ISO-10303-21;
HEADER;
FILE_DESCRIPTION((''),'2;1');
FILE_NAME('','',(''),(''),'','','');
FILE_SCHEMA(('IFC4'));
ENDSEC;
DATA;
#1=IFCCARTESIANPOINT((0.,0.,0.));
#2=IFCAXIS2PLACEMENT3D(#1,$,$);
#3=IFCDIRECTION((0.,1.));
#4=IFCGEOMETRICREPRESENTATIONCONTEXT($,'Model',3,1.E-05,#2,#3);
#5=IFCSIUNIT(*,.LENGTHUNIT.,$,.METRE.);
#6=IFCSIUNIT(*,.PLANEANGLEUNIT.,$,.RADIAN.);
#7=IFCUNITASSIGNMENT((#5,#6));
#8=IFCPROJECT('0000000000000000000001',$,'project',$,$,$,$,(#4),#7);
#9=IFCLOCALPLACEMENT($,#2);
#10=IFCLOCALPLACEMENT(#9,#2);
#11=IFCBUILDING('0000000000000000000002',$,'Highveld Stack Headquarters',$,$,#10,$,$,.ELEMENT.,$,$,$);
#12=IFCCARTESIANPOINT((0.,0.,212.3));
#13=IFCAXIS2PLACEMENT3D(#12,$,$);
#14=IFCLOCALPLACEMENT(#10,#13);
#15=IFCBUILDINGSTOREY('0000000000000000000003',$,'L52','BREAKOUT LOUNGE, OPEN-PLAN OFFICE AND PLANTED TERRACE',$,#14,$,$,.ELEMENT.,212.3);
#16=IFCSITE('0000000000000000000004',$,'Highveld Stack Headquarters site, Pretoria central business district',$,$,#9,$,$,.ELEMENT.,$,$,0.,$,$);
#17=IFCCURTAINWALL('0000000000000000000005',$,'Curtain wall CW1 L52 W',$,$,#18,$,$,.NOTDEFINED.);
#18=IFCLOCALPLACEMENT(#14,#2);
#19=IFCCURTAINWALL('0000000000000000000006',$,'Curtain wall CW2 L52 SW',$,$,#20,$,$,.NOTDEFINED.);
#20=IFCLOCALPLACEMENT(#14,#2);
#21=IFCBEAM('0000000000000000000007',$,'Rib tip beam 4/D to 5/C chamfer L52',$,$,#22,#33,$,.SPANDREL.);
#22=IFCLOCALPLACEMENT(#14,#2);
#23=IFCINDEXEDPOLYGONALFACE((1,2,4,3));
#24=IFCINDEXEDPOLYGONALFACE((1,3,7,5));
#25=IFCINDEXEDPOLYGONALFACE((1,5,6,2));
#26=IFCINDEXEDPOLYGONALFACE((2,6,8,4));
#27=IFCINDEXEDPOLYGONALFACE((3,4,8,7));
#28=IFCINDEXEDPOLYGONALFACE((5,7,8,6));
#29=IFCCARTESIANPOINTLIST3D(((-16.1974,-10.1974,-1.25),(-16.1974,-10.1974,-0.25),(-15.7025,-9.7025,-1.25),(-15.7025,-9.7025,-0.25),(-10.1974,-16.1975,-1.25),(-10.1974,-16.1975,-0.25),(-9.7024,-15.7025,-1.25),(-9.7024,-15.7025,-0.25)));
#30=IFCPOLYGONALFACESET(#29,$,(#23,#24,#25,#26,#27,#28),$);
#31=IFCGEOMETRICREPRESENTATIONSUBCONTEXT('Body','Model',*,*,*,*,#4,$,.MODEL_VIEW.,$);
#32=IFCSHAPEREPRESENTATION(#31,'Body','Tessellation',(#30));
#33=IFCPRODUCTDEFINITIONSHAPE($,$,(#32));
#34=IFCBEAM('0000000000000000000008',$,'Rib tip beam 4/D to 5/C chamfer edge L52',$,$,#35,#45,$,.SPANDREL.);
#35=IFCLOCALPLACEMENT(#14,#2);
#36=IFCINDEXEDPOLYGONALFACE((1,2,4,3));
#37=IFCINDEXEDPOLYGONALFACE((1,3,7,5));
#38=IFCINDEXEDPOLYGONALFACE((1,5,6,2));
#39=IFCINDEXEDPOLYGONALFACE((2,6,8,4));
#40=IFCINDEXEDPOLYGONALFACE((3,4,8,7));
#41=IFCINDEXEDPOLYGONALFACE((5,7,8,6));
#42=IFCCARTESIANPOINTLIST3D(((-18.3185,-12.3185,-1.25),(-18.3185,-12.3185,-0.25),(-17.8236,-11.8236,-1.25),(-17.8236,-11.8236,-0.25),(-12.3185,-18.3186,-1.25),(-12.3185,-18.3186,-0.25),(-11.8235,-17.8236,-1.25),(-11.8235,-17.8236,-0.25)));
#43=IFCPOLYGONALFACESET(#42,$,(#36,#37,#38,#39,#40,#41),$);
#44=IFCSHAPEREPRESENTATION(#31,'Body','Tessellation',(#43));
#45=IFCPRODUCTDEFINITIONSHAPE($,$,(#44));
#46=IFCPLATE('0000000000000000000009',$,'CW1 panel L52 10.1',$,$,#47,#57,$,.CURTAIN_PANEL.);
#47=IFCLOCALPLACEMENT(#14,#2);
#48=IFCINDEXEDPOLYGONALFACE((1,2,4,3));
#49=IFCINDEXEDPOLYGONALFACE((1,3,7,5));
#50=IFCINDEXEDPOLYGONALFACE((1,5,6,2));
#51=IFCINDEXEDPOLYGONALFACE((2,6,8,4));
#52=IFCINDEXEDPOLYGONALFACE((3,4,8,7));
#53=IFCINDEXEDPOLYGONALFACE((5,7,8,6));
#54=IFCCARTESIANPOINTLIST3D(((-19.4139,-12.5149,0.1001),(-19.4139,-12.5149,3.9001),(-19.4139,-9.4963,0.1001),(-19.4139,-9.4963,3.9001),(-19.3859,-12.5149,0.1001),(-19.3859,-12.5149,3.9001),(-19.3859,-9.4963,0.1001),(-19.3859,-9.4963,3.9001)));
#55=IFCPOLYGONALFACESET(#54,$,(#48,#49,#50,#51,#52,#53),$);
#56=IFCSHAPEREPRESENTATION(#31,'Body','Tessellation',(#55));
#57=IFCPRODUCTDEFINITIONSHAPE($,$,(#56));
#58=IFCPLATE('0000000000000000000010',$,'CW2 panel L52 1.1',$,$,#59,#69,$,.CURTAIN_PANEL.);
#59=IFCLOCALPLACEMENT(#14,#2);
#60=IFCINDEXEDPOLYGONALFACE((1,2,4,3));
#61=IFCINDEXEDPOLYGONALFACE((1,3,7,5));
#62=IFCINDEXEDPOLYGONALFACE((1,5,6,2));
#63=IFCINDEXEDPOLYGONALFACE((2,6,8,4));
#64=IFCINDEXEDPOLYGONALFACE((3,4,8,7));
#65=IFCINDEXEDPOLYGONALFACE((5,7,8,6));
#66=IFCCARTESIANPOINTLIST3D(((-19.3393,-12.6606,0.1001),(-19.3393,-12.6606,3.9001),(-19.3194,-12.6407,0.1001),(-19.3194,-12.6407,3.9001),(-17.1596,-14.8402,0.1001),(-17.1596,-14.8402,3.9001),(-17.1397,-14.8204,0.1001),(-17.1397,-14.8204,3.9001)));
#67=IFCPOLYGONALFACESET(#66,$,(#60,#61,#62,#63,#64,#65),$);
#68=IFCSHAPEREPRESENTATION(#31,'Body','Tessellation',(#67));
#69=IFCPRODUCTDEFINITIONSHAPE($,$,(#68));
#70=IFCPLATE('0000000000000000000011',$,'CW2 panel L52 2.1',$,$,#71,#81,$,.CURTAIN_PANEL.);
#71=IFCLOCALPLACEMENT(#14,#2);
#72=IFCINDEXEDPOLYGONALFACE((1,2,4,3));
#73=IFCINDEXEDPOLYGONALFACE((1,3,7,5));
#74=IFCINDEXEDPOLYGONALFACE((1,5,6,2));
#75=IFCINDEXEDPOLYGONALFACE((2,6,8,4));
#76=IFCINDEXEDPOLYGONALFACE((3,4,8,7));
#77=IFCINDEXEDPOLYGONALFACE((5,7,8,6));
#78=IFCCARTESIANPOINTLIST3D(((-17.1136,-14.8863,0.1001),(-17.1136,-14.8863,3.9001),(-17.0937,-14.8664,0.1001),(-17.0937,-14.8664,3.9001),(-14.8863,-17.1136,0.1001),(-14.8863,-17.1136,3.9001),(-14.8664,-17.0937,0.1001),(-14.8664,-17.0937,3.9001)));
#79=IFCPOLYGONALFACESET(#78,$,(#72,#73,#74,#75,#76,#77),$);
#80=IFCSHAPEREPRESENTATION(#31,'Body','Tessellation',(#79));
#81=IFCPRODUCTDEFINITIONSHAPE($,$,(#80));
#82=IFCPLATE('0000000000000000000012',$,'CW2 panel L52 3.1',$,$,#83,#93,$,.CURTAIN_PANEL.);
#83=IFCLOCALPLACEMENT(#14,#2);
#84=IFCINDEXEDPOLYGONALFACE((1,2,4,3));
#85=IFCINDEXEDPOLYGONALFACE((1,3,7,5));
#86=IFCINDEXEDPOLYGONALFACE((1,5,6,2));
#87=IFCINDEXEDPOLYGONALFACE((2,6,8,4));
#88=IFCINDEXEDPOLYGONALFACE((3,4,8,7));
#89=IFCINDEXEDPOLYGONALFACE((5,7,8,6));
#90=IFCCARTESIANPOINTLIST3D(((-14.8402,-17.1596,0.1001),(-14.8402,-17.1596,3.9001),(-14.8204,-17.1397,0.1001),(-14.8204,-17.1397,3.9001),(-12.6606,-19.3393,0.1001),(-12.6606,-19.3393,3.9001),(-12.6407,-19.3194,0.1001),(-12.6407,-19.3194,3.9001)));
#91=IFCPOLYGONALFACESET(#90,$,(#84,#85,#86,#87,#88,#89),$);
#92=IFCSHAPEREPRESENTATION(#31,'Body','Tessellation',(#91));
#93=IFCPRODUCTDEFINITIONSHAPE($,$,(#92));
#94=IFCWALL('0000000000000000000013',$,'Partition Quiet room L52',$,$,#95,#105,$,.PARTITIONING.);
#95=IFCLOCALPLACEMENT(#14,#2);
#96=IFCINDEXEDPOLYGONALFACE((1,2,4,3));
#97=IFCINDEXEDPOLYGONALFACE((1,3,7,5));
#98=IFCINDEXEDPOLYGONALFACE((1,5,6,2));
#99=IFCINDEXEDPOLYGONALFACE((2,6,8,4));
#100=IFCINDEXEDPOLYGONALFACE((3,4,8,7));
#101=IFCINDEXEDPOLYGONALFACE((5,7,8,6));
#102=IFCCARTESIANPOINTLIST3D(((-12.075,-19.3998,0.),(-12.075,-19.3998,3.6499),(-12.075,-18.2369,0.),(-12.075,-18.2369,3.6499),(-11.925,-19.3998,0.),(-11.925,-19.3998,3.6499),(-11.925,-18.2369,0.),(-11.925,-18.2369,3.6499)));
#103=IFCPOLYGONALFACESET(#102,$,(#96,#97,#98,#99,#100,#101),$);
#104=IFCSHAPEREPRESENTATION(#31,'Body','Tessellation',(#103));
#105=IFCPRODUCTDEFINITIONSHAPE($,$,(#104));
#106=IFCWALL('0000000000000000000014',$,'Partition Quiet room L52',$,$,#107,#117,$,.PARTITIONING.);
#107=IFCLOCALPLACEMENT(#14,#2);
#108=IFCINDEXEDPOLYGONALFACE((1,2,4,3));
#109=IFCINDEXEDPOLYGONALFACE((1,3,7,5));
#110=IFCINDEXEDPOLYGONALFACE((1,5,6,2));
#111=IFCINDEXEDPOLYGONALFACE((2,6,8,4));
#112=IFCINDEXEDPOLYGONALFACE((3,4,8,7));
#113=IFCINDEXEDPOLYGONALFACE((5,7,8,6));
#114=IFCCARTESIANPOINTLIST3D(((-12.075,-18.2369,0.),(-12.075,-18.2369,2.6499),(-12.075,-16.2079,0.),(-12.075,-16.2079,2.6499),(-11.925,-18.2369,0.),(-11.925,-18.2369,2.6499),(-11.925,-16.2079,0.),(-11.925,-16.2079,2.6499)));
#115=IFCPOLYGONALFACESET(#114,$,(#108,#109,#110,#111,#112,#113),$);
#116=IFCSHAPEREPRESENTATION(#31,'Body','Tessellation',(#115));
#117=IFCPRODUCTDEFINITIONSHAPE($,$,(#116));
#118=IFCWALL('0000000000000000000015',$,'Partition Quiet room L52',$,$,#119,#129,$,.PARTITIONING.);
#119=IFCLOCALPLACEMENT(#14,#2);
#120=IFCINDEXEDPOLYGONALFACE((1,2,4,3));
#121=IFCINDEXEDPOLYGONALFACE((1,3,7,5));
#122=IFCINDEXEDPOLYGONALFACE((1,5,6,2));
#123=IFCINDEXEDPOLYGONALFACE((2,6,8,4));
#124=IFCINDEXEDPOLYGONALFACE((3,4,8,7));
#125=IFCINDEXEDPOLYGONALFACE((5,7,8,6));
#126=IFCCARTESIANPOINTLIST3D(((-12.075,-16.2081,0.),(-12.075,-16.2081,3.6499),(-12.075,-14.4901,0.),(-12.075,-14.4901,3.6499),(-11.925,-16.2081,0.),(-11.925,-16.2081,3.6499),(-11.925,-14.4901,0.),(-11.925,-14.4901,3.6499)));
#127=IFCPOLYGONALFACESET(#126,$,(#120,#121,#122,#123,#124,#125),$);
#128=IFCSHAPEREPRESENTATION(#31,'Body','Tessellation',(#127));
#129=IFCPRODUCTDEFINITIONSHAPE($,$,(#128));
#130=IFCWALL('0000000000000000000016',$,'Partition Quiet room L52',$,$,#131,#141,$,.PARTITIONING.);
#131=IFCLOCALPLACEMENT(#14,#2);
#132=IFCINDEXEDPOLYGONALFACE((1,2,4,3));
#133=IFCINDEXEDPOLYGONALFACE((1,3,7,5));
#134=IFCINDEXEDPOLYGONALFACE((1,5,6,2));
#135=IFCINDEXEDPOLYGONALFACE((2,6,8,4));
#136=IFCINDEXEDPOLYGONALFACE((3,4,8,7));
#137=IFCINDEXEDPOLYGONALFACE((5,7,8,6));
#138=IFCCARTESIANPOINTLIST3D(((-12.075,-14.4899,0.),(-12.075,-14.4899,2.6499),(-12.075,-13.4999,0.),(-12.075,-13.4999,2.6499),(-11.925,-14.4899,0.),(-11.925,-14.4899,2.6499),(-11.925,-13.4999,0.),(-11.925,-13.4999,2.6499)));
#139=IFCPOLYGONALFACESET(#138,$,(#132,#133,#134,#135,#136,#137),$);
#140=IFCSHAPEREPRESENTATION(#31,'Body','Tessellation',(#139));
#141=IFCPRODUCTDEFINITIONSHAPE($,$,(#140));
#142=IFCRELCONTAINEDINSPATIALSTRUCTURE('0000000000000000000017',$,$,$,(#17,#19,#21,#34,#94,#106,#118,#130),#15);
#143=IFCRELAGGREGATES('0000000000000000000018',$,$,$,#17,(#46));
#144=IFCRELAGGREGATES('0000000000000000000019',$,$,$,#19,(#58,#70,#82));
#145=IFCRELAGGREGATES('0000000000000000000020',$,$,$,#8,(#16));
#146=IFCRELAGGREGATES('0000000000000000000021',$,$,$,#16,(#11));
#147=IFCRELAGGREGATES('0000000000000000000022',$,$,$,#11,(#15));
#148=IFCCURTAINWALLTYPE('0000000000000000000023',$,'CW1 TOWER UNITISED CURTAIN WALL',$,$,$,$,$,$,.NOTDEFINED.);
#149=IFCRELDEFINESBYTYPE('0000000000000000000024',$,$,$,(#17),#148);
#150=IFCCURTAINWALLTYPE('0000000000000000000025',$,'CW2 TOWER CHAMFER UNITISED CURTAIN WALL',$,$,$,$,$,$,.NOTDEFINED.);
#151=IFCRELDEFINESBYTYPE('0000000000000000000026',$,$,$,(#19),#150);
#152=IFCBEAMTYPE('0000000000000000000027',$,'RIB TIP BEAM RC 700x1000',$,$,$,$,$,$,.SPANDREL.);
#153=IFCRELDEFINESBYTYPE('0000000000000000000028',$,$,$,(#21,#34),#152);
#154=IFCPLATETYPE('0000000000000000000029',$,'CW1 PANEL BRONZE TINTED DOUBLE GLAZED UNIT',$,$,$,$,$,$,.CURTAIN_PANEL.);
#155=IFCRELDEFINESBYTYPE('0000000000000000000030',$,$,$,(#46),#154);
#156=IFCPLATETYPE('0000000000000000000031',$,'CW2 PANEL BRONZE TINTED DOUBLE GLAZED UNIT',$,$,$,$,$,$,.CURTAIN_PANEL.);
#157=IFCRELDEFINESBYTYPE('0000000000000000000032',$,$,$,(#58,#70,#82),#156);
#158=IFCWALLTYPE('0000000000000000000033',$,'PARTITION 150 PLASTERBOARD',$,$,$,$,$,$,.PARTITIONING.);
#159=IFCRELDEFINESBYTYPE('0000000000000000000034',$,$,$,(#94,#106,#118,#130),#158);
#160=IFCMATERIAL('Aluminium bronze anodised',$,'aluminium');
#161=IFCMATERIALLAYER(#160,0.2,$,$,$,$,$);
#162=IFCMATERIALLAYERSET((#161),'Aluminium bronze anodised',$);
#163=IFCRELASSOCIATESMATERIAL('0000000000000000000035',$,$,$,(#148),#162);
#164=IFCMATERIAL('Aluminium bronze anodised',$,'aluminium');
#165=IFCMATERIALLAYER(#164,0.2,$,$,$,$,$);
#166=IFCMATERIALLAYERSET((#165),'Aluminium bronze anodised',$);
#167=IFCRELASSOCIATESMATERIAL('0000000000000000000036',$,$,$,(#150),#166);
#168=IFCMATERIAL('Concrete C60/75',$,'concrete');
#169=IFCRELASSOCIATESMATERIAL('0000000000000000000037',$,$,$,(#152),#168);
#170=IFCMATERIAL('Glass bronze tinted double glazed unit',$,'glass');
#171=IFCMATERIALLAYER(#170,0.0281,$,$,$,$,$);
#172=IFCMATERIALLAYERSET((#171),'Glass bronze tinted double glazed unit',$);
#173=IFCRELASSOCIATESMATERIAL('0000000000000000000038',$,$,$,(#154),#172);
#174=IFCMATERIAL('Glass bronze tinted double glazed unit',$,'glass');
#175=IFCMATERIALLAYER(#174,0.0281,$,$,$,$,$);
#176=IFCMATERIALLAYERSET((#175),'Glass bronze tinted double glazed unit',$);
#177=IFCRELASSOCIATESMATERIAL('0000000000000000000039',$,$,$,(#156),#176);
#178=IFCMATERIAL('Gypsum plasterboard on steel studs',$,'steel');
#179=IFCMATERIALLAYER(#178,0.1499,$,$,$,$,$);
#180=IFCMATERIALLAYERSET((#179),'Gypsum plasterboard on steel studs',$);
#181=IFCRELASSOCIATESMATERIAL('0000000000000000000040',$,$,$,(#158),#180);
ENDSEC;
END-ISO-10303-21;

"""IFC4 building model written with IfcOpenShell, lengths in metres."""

from ifc_helpers import new_model, si_unit, direction, frame, frame_2d, origin, origin_2d, place, context, subcontext, project, spatial, rectangle, extrude, material, layer, layer_set, material_profile, profile_set, type_object, element, aggregate, save


model = new_model("IFC4")

# Units and contexts
model_context = context("Model", 3, precision=1e-05, world=origin(), true_north=direction((0.0, 1.0)))
body_context = subcontext(model_context, "Body", "Model", "MODEL_VIEW")
ifc_project = project(units=[si_unit("LENGTHUNIT", "METRE"), si_unit("PLANEANGLEUNIT", "RADIAN")], contexts=[model_context])

# Site, building, storey
site_placement = place(None, origin())
site = spatial("IfcSite", under=ifc_project, at=site_placement, Name="Highveld Stack Headquarters site, Pretoria central business district", CompositionType="ELEMENT", RefElevation=0.0)
building_placement = place(site_placement, origin())
building = spatial("IfcBuilding", under=site, at=building_placement, Name="Highveld Stack Headquarters", CompositionType="ELEMENT")
storey_placement = place(building_placement, frame((0.0, 0.0, 212.3)))
storey = spatial("IfcBuildingStorey", under=building, at=storey_placement, Name="L52", Description="BREAKOUT LOUNGE, OPEN-PLAN OFFICE AND PLANTED TERRACE", CompositionType="ELEMENT", Elevation=212.3)

# Curtain wall
ifc_material_1 = material(Name="Aluminium bronze anodised", Category="aluminium")
ifc_layer_1 = layer(ifc_material_1, 0.2)
ifc_layer_set_1 = layer_set([ifc_layer_1], Name="Aluminium bronze anodised")
curtain_wall_type_1 = type_object("IfcCurtainWallType", Name="CW1 TOWER UNITISED CURTAIN WALL", PredefinedType="NOTDEFINED", material=ifc_layer_set_1)
curtain_wall_1_placement = place(storey_placement, origin())
curtain_wall_1 = element("IfcCurtainWall", 1, at=curtain_wall_1_placement, inside=storey, type_object=curtain_wall_type_1, Name="Curtain wall CW1 L52 W", PredefinedType="NOTDEFINED")

# Curtain wall
ifc_material_2 = material(Name="Aluminium bronze anodised", Category="aluminium")
ifc_layer_2 = layer(ifc_material_2, 0.2)
ifc_layer_set_2 = layer_set([ifc_layer_2], Name="Aluminium bronze anodised")
curtain_wall_type_2 = type_object("IfcCurtainWallType", Name="CW2 TOWER CHAMFER UNITISED CURTAIN WALL", PredefinedType="NOTDEFINED", material=ifc_layer_set_2)
curtain_wall_2_placement = place(storey_placement, origin())
curtain_wall_2 = element("IfcCurtainWall", 2, at=curtain_wall_2_placement, inside=storey, type_object=curtain_wall_type_2, Name="Curtain wall CW2 L52 SW", PredefinedType="NOTDEFINED")

# Beams
ifc_material_3 = material(Name="Concrete C60/75", Category="concrete")
ifc_material_profile_1 = material_profile(ifc_material_3, rectangle(XDim=0.7, YDim=1.0, at=origin_2d()), Name="RC 700x1000")
ifc_profile_set_1 = profile_set([ifc_material_profile_1], Name="Concrete C60/75")
beam_type = type_object("IfcBeamType", Name="RIB TIP BEAM RC 700x1000", PredefinedType="SPANDREL", material=ifc_profile_set_1)
for number, where, z_axis, x_axis, name in (
    (3, (-15.95, -9.95, -0.75), (0.707107, -0.707107, 0.0), (0.707107, 0.707107, 0.0), "Rib tip beam 4/D to 5/C chamfer L52"),
    (4, (-18.071, -12.071, -0.75), (0.707107, -0.707107, 0.0), (0.707107, 0.707107, 0.0), "Rib tip beam 4/D to 5/C chamfer edge L52"),
):
    element("IfcBeam", number, at=place(storey_placement, frame(where, z_axis=z_axis, x_axis=x_axis)), inside=storey, type_object=beam_type, Name=name, PredefinedType="SPANDREL", context=body_context, shape_type="SweptSolid", body=[
        extrude(rectangle(XDim=0.7, YDim=1.0, at=origin_2d()), origin(), (0.0, 0.0, 1.0), 8.4854),
    ])

# Plates
ifc_material_4 = material(Name="Glass bronze tinted double glazed unit", Category="glass")
ifc_layer_3 = layer(ifc_material_4, 0.0281)
ifc_layer_set_3 = layer_set([ifc_layer_3], Name="Glass bronze tinted double glazed unit")
plate_type_1 = type_object("IfcPlateType", Name="CW1 PANEL BRONZE TINTED DOUBLE GLAZED UNIT", PredefinedType="CURTAIN_PANEL", material=ifc_layer_set_3)
plate_1_placement = place(storey_placement, frame((-19.3999, -11.0056, 0.1001), z_axis=(0.0, 0.0, 1.0), x_axis=(0.0, -1.0, 0.0)))
plate_1 = element("IfcPlate", 5, at=plate_1_placement, type_object=plate_type_1, Name="CW1 panel L52 10.1", PredefinedType="CURTAIN_PANEL", context=body_context, shape_type="SweptSolid", body=[
    extrude(rectangle(XDim=3.0186, YDim=0.0281, at=origin_2d()), origin(), (0.0, 0.0, 1.0), 3.8),
])
aggregate(curtain_wall_1, [plate_1])
ifc_material_5 = material(Name="Glass bronze tinted double glazed unit", Category="glass")
ifc_layer_4 = layer(ifc_material_5, 0.0281)
ifc_layer_set_4 = layer_set([ifc_layer_4], Name="Glass bronze tinted double glazed unit")
plate_type_2 = type_object("IfcPlateType", Name="CW2 PANEL BRONZE TINTED DOUBLE GLAZED UNIT", PredefinedType="CURTAIN_PANEL", material=ifc_layer_set_4)
plate_2_placement = place(storey_placement, frame((-18.2395, -13.7405, 0.1001), z_axis=(0.0, 0.0, 1.0), x_axis=(0.707107, -0.707107, 0.0)))
plate_2 = element("IfcPlate", 6, at=plate_2_placement, type_object=plate_type_2, Name="CW2 panel L52 1.1", PredefinedType="CURTAIN_PANEL", context=body_context, shape_type="SweptSolid", body=[
    extrude(rectangle(XDim=3.0825, YDim=0.0281, at=origin_2d()), origin(), (0.0, 0.0, 1.0), 3.8),
])
plate_3_placement = place(storey_placement, frame((-15.99, -15.99, 0.1001), z_axis=(0.0, 0.0, 1.0), x_axis=(0.707107, -0.707107, 0.0)))
plate_3 = element("IfcPlate", 7, at=plate_3_placement, type_object=plate_type_2, Name="CW2 panel L52 2.1", PredefinedType="CURTAIN_PANEL", context=body_context, shape_type="SweptSolid", body=[
    extrude(rectangle(XDim=3.1499, YDim=0.0281, at=origin_2d()), origin(), (0.0, 0.0, 1.0), 3.8),
])
plate_4_placement = place(storey_placement, frame((-13.7405, -18.2395, 0.1001), z_axis=(0.0, 0.0, 1.0), x_axis=(0.707107, -0.707107, 0.0)))
plate_4 = element("IfcPlate", 8, at=plate_4_placement, type_object=plate_type_2, Name="CW2 panel L52 3.1", PredefinedType="CURTAIN_PANEL", context=body_context, shape_type="SweptSolid", body=[
    extrude(rectangle(XDim=3.0825, YDim=0.0281, at=origin_2d()), origin(), (0.0, 0.0, 1.0), 3.8),
])
aggregate(curtain_wall_2, [plate_2, plate_3, plate_4])

# Walls
ifc_material_6 = material(Name="Gypsum plasterboard on steel studs", Category="steel")
ifc_layer_5 = layer(ifc_material_6, 0.1499)
ifc_layer_set_5 = layer_set([ifc_layer_5], Name="Gypsum plasterboard on steel studs")
wall_type = type_object("IfcWallType", Name="PARTITION 150 PLASTERBOARD", PredefinedType="PARTITIONING", material=ifc_layer_set_5)
wall_1_placement = place(storey_placement, frame((-12.0, -19.3999, 0.0), z_axis=(0.0, 0.0, 1.0), x_axis=(0.0, 1.0, 0.0)))
element("IfcWall", 9, at=wall_1_placement, inside=storey, type_object=wall_type, Name="Partition Quiet room L52", PredefinedType="PARTITIONING", context=body_context, shape_type="SweptSolid", body=[
    extrude(rectangle(XDim=1.1628, YDim=0.1499, at=frame_2d((0.5815, 0.0))), origin(), (0.0, 0.0, 1.0), 3.6499),
])
wall_2_placement = place(storey_placement, frame((-12.0, -18.2371, 0.0), z_axis=(0.0, 0.0, 1.0), x_axis=(0.0, 1.0, 0.0)))
element("IfcWall", 10, at=wall_2_placement, inside=storey, type_object=wall_type, Name="Partition Quiet room L52", PredefinedType="PARTITIONING", context=body_context, shape_type="SweptSolid", body=[
    extrude(rectangle(XDim=2.0291, YDim=0.1499, at=frame_2d((1.0146, 0.0))), origin(), (0.0, 0.0, 1.0), 2.6499),
])
wall_3_placement = place(storey_placement, frame((-12.0, -16.208, 0.0), z_axis=(0.0, 0.0, 1.0), x_axis=(0.0, 1.0, 0.0)))
element("IfcWall", 11, at=wall_3_placement, inside=storey, type_object=wall_type, Name="Partition Quiet room L52", PredefinedType="PARTITIONING", context=body_context, shape_type="SweptSolid", body=[
    extrude(rectangle(XDim=1.718, YDim=0.1499, at=frame_2d((0.8589, 0.0))), origin(), (0.0, 0.0, 1.0), 3.6499),
])
wall_4_placement = place(storey_placement, frame((-12.0, -14.49, 0.0), z_axis=(0.0, 0.0, 1.0), x_axis=(0.0, 1.0, 0.0)))
element("IfcWall", 12, at=wall_4_placement, inside=storey, type_object=wall_type, Name="Partition Quiet room L52", PredefinedType="PARTITIONING", context=body_context, shape_type="SweptSolid", body=[
    extrude(rectangle(XDim=0.99, YDim=0.1499, at=frame_2d((0.4951, 0.0))), origin(), (0.0, 0.0, 1.0), 2.6499),
])

save(model, "model.ifc")
